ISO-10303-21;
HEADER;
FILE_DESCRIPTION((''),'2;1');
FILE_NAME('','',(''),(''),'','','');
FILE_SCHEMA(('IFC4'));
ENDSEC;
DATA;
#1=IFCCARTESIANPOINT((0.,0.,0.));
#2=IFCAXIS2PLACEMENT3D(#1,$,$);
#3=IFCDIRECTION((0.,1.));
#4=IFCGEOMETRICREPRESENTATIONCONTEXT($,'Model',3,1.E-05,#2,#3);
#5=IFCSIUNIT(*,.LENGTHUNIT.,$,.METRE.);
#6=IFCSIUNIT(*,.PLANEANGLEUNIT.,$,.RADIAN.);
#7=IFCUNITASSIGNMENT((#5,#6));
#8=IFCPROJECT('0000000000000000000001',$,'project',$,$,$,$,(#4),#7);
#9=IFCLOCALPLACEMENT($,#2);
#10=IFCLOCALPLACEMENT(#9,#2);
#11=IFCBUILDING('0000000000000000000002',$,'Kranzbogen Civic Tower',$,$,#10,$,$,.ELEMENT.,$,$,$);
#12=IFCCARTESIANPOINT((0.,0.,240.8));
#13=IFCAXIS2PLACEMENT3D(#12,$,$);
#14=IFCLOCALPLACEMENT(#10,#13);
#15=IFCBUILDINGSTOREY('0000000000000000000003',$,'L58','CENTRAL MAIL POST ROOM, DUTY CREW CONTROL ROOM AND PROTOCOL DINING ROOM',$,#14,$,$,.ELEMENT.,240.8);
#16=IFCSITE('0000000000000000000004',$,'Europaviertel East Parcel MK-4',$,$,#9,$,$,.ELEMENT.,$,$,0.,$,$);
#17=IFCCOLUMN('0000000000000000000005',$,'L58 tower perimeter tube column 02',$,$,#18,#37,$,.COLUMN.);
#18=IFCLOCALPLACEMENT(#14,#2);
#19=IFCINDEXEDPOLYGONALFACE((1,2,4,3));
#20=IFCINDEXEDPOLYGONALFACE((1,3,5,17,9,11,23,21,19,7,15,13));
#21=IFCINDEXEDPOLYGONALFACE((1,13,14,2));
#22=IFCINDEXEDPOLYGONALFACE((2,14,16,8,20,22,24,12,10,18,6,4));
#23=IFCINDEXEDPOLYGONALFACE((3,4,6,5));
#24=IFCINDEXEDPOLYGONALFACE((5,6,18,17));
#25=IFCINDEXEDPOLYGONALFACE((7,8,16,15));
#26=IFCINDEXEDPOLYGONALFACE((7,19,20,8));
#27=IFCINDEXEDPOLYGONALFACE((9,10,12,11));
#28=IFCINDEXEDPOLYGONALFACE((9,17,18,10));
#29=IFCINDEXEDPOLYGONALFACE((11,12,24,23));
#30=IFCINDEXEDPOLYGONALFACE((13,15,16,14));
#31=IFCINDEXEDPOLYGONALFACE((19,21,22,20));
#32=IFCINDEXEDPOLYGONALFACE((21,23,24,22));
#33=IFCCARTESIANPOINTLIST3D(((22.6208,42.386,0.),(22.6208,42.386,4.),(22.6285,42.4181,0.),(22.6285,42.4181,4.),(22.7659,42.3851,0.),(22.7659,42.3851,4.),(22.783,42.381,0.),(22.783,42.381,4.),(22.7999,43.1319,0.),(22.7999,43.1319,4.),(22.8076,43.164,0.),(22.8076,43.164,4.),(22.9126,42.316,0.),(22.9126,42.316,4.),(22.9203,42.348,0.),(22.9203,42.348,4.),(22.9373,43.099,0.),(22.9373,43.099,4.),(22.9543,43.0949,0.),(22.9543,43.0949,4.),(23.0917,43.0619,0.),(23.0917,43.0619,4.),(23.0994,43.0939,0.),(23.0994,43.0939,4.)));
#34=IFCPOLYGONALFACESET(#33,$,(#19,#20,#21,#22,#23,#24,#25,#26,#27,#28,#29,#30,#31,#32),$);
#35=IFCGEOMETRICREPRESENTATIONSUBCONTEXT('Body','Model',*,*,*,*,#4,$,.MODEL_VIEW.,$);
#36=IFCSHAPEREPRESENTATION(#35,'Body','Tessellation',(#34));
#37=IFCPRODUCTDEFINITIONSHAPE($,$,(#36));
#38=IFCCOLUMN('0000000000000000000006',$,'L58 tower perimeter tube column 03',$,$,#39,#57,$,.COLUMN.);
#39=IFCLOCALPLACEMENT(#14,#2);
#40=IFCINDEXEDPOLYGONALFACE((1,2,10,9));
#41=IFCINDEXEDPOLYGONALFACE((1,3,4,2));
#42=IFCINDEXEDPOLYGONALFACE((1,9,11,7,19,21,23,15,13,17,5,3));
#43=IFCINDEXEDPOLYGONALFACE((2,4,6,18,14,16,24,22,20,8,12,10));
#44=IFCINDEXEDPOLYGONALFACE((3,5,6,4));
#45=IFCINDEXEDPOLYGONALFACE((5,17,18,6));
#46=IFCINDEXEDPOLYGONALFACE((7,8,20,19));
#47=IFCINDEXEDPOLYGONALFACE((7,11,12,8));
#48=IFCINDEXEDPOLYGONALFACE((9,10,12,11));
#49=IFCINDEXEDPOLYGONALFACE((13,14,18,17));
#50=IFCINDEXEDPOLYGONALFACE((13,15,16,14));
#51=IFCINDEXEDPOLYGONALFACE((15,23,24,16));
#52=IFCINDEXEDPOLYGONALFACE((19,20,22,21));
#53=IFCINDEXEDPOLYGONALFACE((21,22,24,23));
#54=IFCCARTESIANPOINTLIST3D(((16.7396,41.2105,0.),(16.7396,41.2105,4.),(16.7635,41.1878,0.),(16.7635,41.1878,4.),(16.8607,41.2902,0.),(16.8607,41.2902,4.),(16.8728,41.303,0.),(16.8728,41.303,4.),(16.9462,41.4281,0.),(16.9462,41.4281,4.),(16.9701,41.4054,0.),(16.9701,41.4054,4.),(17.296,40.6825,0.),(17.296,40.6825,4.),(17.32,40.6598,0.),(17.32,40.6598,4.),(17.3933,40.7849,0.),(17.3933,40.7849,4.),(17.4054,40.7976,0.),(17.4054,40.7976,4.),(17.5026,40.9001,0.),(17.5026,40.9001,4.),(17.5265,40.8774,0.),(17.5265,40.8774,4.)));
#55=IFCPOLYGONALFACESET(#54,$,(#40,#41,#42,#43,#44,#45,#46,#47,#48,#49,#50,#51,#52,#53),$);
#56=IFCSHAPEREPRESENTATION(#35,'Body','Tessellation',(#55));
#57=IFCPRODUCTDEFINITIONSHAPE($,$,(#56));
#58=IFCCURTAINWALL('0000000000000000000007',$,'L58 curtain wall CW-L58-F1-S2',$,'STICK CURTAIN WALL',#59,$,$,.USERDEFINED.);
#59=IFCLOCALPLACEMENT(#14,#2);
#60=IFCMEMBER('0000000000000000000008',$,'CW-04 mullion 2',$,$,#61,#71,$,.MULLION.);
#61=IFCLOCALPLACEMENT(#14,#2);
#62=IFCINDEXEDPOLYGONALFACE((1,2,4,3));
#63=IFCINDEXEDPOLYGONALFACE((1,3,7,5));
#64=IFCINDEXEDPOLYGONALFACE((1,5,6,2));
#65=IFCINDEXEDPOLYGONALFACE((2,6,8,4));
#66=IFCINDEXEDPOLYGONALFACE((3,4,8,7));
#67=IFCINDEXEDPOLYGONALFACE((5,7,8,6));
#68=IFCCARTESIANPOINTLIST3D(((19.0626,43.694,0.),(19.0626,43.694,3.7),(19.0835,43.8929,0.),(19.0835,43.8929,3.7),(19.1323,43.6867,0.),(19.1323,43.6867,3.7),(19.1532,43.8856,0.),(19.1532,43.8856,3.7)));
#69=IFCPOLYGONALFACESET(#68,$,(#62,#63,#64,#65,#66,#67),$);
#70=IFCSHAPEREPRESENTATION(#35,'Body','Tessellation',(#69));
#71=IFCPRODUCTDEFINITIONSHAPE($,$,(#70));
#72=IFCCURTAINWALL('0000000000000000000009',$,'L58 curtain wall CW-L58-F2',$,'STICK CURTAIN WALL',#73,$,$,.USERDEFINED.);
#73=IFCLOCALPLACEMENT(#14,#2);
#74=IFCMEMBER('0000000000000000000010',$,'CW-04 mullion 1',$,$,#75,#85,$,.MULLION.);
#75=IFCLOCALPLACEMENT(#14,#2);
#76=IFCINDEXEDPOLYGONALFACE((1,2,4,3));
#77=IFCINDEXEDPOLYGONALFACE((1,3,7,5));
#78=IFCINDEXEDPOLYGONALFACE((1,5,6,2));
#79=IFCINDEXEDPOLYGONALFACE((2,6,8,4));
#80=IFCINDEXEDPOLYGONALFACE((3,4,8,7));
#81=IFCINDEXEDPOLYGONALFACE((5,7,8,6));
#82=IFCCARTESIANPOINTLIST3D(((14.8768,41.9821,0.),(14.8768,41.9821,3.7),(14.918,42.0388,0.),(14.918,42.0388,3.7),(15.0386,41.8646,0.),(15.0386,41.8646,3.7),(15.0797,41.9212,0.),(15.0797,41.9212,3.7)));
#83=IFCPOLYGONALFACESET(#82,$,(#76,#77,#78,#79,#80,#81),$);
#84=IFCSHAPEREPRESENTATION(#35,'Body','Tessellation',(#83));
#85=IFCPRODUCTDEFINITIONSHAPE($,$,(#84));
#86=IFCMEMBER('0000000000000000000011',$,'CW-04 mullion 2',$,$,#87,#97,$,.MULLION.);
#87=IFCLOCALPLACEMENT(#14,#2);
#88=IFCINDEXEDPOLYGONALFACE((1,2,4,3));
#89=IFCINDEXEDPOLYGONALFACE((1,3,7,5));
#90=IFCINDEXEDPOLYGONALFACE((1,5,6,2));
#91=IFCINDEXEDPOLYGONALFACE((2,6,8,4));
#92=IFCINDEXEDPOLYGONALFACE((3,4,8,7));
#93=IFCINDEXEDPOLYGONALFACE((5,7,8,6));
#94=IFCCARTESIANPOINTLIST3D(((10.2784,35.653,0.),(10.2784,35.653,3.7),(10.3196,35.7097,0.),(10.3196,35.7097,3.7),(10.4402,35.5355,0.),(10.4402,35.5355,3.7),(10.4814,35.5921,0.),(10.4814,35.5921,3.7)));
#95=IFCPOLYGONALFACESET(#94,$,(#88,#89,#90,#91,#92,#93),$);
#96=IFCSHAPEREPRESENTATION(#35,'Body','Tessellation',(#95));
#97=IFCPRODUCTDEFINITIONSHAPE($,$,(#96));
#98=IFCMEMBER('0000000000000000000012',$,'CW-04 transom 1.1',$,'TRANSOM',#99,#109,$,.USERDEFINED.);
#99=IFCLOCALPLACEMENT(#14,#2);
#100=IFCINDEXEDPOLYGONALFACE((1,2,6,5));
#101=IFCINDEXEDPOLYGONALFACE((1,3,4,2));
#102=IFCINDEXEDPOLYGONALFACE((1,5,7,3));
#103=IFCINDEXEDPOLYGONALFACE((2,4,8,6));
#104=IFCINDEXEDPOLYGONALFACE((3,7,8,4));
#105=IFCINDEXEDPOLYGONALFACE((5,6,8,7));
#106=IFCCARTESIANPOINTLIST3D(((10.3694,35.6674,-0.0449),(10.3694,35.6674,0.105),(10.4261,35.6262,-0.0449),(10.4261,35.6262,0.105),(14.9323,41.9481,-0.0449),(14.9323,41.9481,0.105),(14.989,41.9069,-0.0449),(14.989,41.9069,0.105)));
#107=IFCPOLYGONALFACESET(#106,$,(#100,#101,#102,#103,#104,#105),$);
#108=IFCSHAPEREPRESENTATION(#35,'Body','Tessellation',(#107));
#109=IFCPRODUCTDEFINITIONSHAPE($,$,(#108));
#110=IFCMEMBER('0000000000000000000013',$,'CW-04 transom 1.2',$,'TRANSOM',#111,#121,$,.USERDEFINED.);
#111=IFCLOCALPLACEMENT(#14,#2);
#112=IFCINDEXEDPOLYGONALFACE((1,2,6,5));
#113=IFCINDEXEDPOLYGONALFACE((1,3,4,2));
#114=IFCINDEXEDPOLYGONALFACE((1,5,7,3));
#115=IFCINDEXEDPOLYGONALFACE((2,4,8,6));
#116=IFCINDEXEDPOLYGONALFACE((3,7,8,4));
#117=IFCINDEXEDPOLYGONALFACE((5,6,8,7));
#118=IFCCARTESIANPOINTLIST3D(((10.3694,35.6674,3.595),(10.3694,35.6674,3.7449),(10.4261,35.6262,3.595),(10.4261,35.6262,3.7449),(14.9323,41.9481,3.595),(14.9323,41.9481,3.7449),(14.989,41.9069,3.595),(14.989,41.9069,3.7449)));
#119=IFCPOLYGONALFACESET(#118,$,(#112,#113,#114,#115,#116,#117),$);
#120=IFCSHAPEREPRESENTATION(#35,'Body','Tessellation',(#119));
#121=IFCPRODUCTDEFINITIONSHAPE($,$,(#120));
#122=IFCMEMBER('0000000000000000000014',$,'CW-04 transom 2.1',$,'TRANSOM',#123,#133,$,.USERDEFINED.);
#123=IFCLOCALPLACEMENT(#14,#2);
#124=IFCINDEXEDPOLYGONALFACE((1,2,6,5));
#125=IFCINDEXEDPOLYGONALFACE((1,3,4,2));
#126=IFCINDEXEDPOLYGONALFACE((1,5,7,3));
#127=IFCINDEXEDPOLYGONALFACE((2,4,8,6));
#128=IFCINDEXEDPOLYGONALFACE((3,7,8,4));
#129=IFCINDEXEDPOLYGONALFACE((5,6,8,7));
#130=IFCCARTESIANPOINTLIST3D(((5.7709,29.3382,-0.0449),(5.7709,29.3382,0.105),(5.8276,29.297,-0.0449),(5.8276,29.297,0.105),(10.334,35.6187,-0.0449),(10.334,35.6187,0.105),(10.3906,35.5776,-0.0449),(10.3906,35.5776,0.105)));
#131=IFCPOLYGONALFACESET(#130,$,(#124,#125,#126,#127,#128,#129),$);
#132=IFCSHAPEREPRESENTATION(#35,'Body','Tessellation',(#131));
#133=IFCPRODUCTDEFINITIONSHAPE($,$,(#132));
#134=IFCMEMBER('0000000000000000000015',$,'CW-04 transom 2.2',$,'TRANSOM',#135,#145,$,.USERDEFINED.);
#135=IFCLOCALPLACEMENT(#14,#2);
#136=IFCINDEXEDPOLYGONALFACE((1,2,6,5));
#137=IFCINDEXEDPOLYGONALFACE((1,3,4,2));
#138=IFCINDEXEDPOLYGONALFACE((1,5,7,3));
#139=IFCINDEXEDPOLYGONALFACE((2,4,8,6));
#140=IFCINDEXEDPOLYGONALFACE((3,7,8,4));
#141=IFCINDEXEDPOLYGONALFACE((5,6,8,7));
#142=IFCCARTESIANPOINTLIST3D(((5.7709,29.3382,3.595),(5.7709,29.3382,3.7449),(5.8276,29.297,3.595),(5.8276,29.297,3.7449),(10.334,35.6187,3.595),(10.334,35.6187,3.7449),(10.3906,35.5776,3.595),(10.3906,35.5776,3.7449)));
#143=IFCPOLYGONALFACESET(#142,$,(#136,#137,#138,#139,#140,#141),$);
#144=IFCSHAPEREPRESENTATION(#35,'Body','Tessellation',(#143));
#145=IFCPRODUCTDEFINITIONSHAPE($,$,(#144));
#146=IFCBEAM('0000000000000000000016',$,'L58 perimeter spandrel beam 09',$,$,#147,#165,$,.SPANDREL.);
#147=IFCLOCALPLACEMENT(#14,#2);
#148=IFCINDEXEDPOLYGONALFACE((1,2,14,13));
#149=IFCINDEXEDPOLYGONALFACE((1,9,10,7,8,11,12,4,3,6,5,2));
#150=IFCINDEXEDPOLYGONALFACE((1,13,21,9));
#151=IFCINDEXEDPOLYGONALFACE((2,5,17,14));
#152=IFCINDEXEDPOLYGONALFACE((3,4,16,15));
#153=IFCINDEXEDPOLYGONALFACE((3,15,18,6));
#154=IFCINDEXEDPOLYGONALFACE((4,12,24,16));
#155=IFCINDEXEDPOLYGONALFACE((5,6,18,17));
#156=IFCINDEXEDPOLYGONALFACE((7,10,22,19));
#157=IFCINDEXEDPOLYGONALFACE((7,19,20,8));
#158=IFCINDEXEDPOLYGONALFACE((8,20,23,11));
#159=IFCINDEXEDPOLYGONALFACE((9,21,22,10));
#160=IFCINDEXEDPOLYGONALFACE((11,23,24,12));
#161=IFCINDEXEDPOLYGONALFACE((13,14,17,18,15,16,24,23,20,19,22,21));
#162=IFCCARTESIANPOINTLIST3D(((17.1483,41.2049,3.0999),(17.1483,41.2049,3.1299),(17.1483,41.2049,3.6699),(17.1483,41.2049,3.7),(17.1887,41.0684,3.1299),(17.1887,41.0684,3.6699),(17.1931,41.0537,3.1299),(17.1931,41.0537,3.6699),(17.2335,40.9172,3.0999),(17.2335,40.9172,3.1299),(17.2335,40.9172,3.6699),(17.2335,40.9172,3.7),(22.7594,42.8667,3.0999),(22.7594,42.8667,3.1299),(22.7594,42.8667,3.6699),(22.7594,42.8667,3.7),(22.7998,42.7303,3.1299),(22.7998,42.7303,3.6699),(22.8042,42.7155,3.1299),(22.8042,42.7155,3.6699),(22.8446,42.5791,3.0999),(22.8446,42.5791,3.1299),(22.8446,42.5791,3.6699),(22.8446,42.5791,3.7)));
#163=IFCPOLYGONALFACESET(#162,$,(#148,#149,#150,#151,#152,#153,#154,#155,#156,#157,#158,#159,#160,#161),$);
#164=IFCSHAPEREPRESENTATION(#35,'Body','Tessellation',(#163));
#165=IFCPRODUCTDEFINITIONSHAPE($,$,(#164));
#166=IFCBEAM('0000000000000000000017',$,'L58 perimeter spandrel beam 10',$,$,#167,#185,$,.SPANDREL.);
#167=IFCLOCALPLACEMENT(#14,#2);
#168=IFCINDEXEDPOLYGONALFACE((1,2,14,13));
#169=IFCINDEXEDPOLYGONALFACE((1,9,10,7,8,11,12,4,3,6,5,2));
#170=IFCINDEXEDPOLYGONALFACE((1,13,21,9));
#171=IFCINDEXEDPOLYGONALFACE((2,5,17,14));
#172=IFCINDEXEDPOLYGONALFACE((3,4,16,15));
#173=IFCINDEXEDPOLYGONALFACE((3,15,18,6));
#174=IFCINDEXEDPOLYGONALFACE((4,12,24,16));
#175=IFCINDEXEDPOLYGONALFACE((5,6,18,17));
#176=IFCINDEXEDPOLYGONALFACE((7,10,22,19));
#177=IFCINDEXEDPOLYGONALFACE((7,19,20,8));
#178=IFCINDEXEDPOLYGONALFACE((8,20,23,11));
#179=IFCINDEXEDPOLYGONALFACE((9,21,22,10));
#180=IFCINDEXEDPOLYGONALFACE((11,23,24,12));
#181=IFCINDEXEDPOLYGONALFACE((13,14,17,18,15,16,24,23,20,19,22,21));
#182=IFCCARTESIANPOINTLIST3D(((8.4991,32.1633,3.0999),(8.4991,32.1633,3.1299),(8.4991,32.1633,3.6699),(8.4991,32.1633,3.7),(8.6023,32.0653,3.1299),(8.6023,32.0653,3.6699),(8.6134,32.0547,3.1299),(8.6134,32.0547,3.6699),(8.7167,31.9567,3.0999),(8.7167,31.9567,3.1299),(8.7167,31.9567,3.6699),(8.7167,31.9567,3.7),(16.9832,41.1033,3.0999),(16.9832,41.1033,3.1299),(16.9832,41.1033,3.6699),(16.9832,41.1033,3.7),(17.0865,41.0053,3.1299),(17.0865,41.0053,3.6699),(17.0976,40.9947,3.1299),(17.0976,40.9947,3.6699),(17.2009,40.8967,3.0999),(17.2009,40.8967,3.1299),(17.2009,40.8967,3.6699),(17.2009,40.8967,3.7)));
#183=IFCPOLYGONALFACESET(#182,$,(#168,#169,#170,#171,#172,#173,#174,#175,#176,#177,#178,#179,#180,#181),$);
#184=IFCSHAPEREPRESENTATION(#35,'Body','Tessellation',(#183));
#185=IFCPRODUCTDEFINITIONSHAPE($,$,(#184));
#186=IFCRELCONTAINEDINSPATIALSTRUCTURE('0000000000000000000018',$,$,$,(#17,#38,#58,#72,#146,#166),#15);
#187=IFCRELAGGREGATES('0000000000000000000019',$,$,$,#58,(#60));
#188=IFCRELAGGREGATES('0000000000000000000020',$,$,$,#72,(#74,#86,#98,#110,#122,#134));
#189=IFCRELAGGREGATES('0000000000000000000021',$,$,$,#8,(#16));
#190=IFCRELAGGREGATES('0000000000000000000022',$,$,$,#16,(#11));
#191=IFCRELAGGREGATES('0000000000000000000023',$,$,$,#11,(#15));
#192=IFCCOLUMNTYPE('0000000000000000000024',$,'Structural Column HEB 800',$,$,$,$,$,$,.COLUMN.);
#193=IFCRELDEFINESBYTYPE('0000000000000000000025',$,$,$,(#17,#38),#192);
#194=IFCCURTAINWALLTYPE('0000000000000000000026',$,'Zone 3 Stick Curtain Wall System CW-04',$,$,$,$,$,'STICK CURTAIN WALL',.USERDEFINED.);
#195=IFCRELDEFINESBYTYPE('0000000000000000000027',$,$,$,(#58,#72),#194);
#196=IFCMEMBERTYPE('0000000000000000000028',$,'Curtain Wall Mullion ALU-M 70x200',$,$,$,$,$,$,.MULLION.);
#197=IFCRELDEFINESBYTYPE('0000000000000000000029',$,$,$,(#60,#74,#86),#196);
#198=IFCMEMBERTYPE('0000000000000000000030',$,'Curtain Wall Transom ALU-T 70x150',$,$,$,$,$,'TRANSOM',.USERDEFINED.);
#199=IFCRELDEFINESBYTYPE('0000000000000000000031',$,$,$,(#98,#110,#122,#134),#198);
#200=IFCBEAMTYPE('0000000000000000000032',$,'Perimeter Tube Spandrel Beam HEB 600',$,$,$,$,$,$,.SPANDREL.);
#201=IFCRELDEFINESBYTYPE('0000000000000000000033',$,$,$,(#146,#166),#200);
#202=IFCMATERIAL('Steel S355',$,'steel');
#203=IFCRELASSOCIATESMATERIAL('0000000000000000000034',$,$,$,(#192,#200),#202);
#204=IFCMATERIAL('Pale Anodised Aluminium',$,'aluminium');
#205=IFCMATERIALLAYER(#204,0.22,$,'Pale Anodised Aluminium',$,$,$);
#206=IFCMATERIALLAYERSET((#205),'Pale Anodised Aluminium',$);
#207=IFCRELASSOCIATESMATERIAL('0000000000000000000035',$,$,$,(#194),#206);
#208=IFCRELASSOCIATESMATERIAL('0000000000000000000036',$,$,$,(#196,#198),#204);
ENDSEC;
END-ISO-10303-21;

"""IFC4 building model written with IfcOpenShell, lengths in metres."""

from ifc_helpers import new_model, si_unit, direction, frame, origin, origin_2d, place, context, subcontext, project, spatial, rectangle, i_section, extrude, material, layer, layer_set, material_profile, profile_set, type_object, element, aggregate, save


model = new_model("IFC4")

# Units and contexts
model_context = context("Model", 3, precision=1e-05, world=origin(), true_north=direction((0.0, 1.0)))
body_context = subcontext(model_context, "Body", "Model", "MODEL_VIEW")
ifc_project = project(units=[si_unit("LENGTHUNIT", "METRE"), si_unit("PLANEANGLEUNIT", "RADIAN")], contexts=[model_context])

# Site, building, storey
site_placement = place(None, origin())
site = spatial("IfcSite", under=ifc_project, at=site_placement, Name="Europaviertel East Parcel MK-4", CompositionType="ELEMENT", RefElevation=0.0)
building_placement = place(site_placement, origin())
building = spatial("IfcBuilding", under=site, at=building_placement, Name="Kranzbogen Civic Tower", CompositionType="ELEMENT")
storey_placement = place(building_placement, frame((0.0, 0.0, 240.8)))
storey = spatial("IfcBuildingStorey", under=building, at=storey_placement, Name="L58", Description="CENTRAL MAIL POST ROOM, DUTY CREW CONTROL ROOM AND PROTOCOL DINING ROOM", CompositionType="ELEMENT", Elevation=240.8)

# Columns
ifc_material_1 = material(Name="Steel S355", Category="steel")
ifc_material_profile_1 = material_profile(ifc_material_1, i_section(OverallWidth=0.3, OverallDepth=0.8, WebThickness=0.0176, FlangeThickness=0.033, at=origin_2d()), Name="HEB 800")
ifc_profile_set_1 = profile_set([ifc_material_profile_1], Name="Steel S355")
column_type = type_object("IfcColumnType", Name="Structural Column HEB 800", PredefinedType="COLUMN", material=ifc_profile_set_1)
for number, where, z_axis, x_axis, name in (
    (1, (22.8601, 42.74, 0.0), (0.0, 0.0, 1.0), (-0.97237, 0.233445, 0.0), "L58 tower perimeter tube column 02"),
    (2, (17.1331, 41.0439, 0.0), (0.0, 0.0, 1.0), (0.688355, 0.725374, 0.0), "L58 tower perimeter tube column 03"),
):
    element("IfcColumn", number, at=place(storey_placement, frame(where, z_axis=z_axis, x_axis=x_axis)), inside=storey, type_object=column_type, Name=name, PredefinedType="COLUMN", context=body_context, shape_type="SweptSolid", body=[
        extrude(i_section(OverallWidth=0.3, OverallDepth=0.8, WebThickness=0.0176, FlangeThickness=0.033, at=origin_2d()), origin(), (0.0, 0.0, 1.0), 4.0),
    ])

# Curtain wall, member
ifc_material_2 = material(Name="Pale Anodised Aluminium", Category="aluminium")
ifc_layer_1 = layer(ifc_material_2, 0.22, Name="Pale Anodised Aluminium")
ifc_layer_set_1 = layer_set([ifc_layer_1], Name="Pale Anodised Aluminium")
curtain_wall_type = type_object("IfcCurtainWallType", Name="Zone 3 Stick Curtain Wall System CW-04", ElementType="STICK CURTAIN WALL", PredefinedType="USERDEFINED", material=ifc_layer_set_1)
curtain_wall_1_placement = place(storey_placement, origin())
curtain_wall_1 = element("IfcCurtainWall", 3, at=curtain_wall_1_placement, inside=storey, type_object=curtain_wall_type, Name="L58 curtain wall CW-L58-F1-S2", ObjectType="STICK CURTAIN WALL", PredefinedType="USERDEFINED")
ifc_material_profile_2 = material_profile(ifc_material_2, rectangle(XDim=0.0701, YDim=0.2, at=origin_2d()), Name="ALU-M 70x200")
ifc_profile_set_2 = profile_set([ifc_material_profile_2], Name="Pale Anodised Aluminium")
member_type_1 = type_object("IfcMemberType", Name="Curtain Wall Mullion ALU-M 70x200", PredefinedType="MULLION", material=ifc_profile_set_2)
member_1_placement = place(storey_placement, frame((19.1079, 43.7898, 0.0), z_axis=(0.0, 0.0, 1.0), x_axis=(-0.994529, 0.104458, 0.0)))
member_1 = element("IfcMember", 4, at=member_1_placement, type_object=member_type_1, Name="CW-04 mullion 2", PredefinedType="MULLION", context=body_context, shape_type="SweptSolid", body=[
    extrude(rectangle(XDim=0.0701, YDim=0.2, at=origin_2d()), origin(), (0.0, 0.0, 1.0), 3.7),
])

# Curtain wall, members
curtain_wall_2_placement = place(storey_placement, origin())
curtain_wall_2 = element("IfcCurtainWall", 5, at=curtain_wall_2_placement, inside=storey, type_object=curtain_wall_type, Name="L58 curtain wall CW-L58-F2", ObjectType="STICK CURTAIN WALL", PredefinedType="USERDEFINED")
member_2_placement = place(storey_placement, frame((14.9783, 41.9517, 0.0), z_axis=(0.0, 0.0, 1.0), x_axis=(-0.587778, -0.809022, 0.0)))
member_2 = element("IfcMember", 6, at=member_2_placement, type_object=member_type_1, Name="CW-04 mullion 1", PredefinedType="MULLION", context=body_context, shape_type="SweptSolid", body=[
    extrude(rectangle(XDim=0.0701, YDim=0.2, at=origin_2d()), origin(), (0.0, 0.0, 1.0), 3.7),
])
member_3_placement = place(storey_placement, frame((10.3799, 35.6226, 0.0), z_axis=(0.0, 0.0, 1.0), x_axis=(-0.587778, -0.809022, 0.0)))
member_3 = element("IfcMember", 7, at=member_3_placement, type_object=member_type_1, Name="CW-04 mullion 2", PredefinedType="MULLION", context=body_context, shape_type="SweptSolid", body=[
    extrude(rectangle(XDim=0.0701, YDim=0.2, at=origin_2d()), origin(), (0.0, 0.0, 1.0), 3.7),
])
ifc_material_profile_3 = material_profile(ifc_material_2, rectangle(XDim=0.0701, YDim=0.1499, at=origin_2d()), Name="ALU-T 70x150")
ifc_profile_set_3 = profile_set([ifc_material_profile_3], Name="Pale Anodised Aluminium")
member_type_2 = type_object("IfcMemberType", Name="Curtain Wall Transom ALU-T 70x150", ElementType="TRANSOM", PredefinedType="USERDEFINED", material=ifc_profile_set_3)
member_4_placement = place(storey_placement, frame((14.9607, 41.9275, 0.03), z_axis=(-0.587764, -0.809032, 0.0), x_axis=(0.809032, -0.587764, 0.0)))
member_4 = element("IfcMember", 8, at=member_4_placement, type_object=member_type_2, Name="CW-04 transom 1.1", ObjectType="TRANSOM", PredefinedType="USERDEFINED", context=body_context, shape_type="SweptSolid", body=[
    extrude(rectangle(XDim=0.0701, YDim=0.1499, at=origin_2d()), origin(), (0.0, 0.0, 1.0), 7.7632),
])
member_5_placement = place(storey_placement, frame((14.9607, 41.9275, 3.6699), z_axis=(-0.587764, -0.809032, 0.0), x_axis=(0.809032, -0.587764, 0.0)))
member_5 = element("IfcMember", 9, at=member_5_placement, type_object=member_type_2, Name="CW-04 transom 1.2", ObjectType="TRANSOM", PredefinedType="USERDEFINED", context=body_context, shape_type="SweptSolid", body=[
    extrude(rectangle(XDim=0.0701, YDim=0.1499, at=origin_2d()), origin(), (0.0, 0.0, 1.0), 7.7632),
])
member_6_placement = place(storey_placement, frame((10.3623, 35.5981, 0.03), z_axis=(-0.587779, -0.809022, 0.0), x_axis=(0.809022, -0.587779, 0.0)))
member_6 = element("IfcMember", 10, at=member_6_placement, type_object=member_type_2, Name="CW-04 transom 2.1", ObjectType="TRANSOM", PredefinedType="USERDEFINED", context=body_context, shape_type="SweptSolid", body=[
    extrude(rectangle(XDim=0.0701, YDim=0.1499, at=origin_2d()), origin(), (0.0, 0.0, 1.0), 7.7632),
])
member_7_placement = place(storey_placement, frame((10.3623, 35.5981, 3.6699), z_axis=(-0.587779, -0.809022, 0.0), x_axis=(0.809022, -0.587779, 0.0)))
member_7 = element("IfcMember", 11, at=member_7_placement, type_object=member_type_2, Name="CW-04 transom 2.2", ObjectType="TRANSOM", PredefinedType="USERDEFINED", context=body_context, shape_type="SweptSolid", body=[
    extrude(rectangle(XDim=0.0701, YDim=0.1499, at=origin_2d()), origin(), (0.0, 0.0, 1.0), 7.7632),
])

# Beams
ifc_material_profile_4 = material_profile(ifc_material_1, i_section(OverallWidth=0.3, OverallDepth=0.6001, WebThickness=0.0154, FlangeThickness=0.03, at=origin_2d()), Name="HEB 600")
ifc_profile_set_4 = profile_set([ifc_material_profile_4], Name="Steel S355")
beam_type_1 = type_object("IfcBeamType", Name="Perimeter Tube Spandrel Beam HEB 600", PredefinedType="SPANDREL", material=ifc_profile_set_4)
beam_1_placement = place(storey_placement, frame((22.802, 42.7229, 3.3999), z_axis=(-0.95883, -0.283982, 0.0), x_axis=(0.283982, -0.95883, 0.0)))
element("IfcBeam", 12, at=beam_1_placement, inside=storey, type_object=beam_type_1, Name="L58 perimeter spandrel beam 09", PredefinedType="SPANDREL", context=body_context, shape_type="SweptSolid", body=[
    extrude(i_section(OverallWidth=0.3, OverallDepth=0.6001, WebThickness=0.0154, FlangeThickness=0.03, at=origin_2d()), origin(), (0.0, 0.0, 1.0), 5.8521),
])
beam_2_placement = place(storey_placement, frame((17.092, 41.0, 3.3999), z_axis=(-0.688373, -0.725356, 0.0), x_axis=(0.725356, -0.688373, 0.0)))
element("IfcBeam", 13, at=beam_2_placement, inside=storey, type_object=beam_type_1, Name="L58 perimeter spandrel beam 10", PredefinedType="SPANDREL", context=body_context, shape_type="SweptSolid", body=[
    extrude(i_section(OverallWidth=0.3, OverallDepth=0.6001, WebThickness=0.0154, FlangeThickness=0.03, at=origin_2d()), origin(), (0.0, 0.0, 1.0), 12.325),
])

aggregate(curtain_wall_1, [member_1])
aggregate(curtain_wall_2, [member_2, member_3, member_4, member_5, member_6, member_7])

save(model, "model.ifc")
